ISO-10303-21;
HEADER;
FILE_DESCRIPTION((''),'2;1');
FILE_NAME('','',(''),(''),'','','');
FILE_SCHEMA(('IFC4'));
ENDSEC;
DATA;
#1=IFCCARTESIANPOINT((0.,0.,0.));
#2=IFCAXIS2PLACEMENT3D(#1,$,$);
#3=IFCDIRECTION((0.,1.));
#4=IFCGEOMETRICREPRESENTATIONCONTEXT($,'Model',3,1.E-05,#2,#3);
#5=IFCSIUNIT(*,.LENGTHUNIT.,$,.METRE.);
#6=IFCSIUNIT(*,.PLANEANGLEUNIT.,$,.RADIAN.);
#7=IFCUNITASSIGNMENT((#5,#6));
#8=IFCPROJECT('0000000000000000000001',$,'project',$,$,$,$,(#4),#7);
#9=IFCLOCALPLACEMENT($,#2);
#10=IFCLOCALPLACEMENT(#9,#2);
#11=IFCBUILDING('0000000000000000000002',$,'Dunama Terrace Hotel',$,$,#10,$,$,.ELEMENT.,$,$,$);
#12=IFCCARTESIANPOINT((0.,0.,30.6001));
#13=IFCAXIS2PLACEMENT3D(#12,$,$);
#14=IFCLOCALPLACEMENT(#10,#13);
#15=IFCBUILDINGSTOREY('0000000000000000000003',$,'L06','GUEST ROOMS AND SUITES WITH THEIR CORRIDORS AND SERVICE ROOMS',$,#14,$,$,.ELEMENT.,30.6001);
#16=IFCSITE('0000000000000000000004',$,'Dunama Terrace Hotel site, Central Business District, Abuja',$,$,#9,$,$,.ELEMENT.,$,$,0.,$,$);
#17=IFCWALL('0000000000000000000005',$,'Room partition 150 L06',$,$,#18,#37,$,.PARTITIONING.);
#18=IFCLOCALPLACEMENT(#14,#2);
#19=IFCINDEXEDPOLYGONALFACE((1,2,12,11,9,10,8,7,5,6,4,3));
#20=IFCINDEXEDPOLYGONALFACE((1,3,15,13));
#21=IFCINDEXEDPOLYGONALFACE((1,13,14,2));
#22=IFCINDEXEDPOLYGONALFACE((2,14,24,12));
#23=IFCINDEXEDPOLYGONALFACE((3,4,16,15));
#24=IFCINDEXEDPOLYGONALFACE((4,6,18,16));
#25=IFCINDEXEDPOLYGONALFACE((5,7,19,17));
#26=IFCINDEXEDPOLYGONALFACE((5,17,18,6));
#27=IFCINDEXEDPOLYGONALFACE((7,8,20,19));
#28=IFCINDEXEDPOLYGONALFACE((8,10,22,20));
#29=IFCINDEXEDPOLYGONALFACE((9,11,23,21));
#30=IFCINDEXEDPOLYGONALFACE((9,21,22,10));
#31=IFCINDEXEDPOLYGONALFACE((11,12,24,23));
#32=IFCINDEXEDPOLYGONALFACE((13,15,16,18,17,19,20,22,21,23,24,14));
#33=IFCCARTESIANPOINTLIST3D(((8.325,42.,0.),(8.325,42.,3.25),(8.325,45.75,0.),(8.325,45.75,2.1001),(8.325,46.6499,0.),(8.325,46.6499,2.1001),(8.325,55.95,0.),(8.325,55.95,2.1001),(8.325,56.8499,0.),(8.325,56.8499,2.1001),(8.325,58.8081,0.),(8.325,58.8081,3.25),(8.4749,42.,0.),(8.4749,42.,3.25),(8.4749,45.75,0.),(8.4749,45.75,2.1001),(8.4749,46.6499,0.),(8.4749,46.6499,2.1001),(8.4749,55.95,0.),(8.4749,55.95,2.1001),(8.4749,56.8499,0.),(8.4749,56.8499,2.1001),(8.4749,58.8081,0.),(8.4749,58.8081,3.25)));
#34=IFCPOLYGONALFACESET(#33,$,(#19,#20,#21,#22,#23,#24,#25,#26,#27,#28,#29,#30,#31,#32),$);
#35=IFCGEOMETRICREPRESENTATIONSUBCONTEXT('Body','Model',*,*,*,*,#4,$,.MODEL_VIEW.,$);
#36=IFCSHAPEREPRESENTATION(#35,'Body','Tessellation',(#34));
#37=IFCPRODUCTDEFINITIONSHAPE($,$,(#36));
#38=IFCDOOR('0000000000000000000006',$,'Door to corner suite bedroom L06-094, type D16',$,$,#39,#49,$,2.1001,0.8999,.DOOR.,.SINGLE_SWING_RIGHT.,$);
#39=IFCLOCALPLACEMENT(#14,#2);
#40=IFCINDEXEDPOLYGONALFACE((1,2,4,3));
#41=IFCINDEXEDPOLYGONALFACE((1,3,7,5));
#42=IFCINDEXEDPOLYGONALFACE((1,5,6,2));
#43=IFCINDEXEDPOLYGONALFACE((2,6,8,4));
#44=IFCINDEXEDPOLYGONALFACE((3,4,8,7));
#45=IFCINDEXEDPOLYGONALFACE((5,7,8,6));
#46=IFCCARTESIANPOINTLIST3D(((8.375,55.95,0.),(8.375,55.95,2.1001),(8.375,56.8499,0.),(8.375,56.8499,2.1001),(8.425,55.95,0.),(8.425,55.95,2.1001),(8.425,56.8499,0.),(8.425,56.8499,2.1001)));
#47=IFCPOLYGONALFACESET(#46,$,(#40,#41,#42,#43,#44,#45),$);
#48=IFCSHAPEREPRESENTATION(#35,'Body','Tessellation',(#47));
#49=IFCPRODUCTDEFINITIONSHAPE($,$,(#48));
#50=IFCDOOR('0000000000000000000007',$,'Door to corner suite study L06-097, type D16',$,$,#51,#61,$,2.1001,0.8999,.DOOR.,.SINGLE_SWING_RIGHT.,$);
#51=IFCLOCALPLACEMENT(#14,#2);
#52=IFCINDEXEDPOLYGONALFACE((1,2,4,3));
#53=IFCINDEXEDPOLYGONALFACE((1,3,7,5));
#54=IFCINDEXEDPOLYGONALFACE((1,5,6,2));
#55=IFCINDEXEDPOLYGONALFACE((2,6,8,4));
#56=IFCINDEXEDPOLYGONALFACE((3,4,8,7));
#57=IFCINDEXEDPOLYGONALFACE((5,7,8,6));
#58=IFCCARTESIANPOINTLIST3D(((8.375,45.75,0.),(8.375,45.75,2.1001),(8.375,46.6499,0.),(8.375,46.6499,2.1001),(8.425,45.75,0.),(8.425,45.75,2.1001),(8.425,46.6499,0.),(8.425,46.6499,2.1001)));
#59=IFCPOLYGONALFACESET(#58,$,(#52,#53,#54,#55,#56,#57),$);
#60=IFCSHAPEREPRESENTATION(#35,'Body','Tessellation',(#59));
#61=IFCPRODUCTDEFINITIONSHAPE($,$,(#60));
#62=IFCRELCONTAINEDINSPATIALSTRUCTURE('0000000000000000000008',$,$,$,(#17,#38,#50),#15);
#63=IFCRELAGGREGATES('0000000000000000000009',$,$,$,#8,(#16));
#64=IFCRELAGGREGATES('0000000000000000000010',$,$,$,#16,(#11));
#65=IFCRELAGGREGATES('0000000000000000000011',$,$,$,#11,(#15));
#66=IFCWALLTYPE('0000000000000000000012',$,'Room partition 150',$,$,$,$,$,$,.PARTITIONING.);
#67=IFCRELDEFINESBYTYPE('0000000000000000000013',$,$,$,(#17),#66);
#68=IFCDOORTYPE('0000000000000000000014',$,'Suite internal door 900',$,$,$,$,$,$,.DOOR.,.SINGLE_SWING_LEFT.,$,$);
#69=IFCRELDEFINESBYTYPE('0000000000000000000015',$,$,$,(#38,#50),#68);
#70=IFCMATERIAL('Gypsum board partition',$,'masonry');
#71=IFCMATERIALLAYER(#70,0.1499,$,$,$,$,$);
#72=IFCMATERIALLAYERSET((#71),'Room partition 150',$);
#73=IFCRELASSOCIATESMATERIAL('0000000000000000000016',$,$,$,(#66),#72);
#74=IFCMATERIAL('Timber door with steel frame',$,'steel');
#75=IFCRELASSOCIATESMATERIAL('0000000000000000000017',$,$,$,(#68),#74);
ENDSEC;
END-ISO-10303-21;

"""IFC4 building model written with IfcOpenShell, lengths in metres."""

from ifc_helpers import new_model, si_unit, direction, frame, frame_2d, origin, place, context, subcontext, project, spatial, rectangle, extrude, material, layer, layer_set, type_object, element, fill, save


model = new_model("IFC4")

# Units and contexts
model_context = context("Model", 3, precision=1e-05, world=origin(), true_north=direction((0.0, 1.0)))
body_context = subcontext(model_context, "Body", "Model", "MODEL_VIEW")
ifc_project = project(units=[si_unit("LENGTHUNIT", "METRE"), si_unit("PLANEANGLEUNIT", "RADIAN")], contexts=[model_context])

# Site, building, storey
site_placement = place(None, origin())
site = spatial("IfcSite", under=ifc_project, at=site_placement, Name="Dunama Terrace Hotel site, Central Business District, Abuja", CompositionType="ELEMENT", RefElevation=0.0)
building_placement = place(site_placement, origin())
building = spatial("IfcBuilding", under=site, at=building_placement, Name="Dunama Terrace Hotel", CompositionType="ELEMENT")
storey_placement = place(building_placement, frame((0.0, 0.0, 30.6001)))
storey = spatial("IfcBuildingStorey", under=building, at=storey_placement, Name="L06", Description="GUEST ROOMS AND SUITES WITH THEIR CORRIDORS AND SERVICE ROOMS", CompositionType="ELEMENT", Elevation=30.6001)

# Wall, openings, doors
ifc_material_1 = material(Name="Gypsum board partition", Category="masonry")
ifc_layer_1 = layer(ifc_material_1, 0.1499)
ifc_layer_set_1 = layer_set([ifc_layer_1], Name="Room partition 150")
wall_type_1 = type_object("IfcWallType", Name="Room partition 150", PredefinedType="PARTITIONING", material=ifc_layer_set_1)
wall_1_placement = place(storey_placement, frame((8.3999, 42.0, 0.0), z_axis=(0.0, 0.0, 1.0), x_axis=(0.0, 1.0, 0.0)))
wall_1 = element("IfcWall", 1, at=wall_1_placement, inside=storey, type_object=wall_type_1, Name="Room partition 150 L06", PredefinedType="PARTITIONING", context=body_context, shape_type="SweptSolid", body=[
    extrude(rectangle(XDim=16.8081, YDim=0.1499, at=frame_2d((8.4041, 0.0))), origin(), (0.0, 0.0, 1.0), 3.25),
])
opening_1_placement = place(wall_1_placement, frame((13.95, 0.0, 0.0)))
opening_1 = element("IfcOpeningElement", 2, at=opening_1_placement, cuts=wall_1, PredefinedType="OPENING", context=body_context, shape_type="SweptSolid", body=[
    extrude(rectangle(XDim=0.8999, YDim=2.1001, at=frame_2d((0.45, 1.05))), frame((0.0, 0.085, 0.0), z_axis=(0.0, -1.0, 0.0), x_axis=(1.0, 0.0, 0.0)), (0.0, 0.0, 1.0), 0.1699),
])
opening_2_placement = place(wall_1_placement, frame((3.75, 0.0, 0.0)))
opening_2 = element("IfcOpeningElement", 3, at=opening_2_placement, cuts=wall_1, PredefinedType="OPENING", context=body_context, shape_type="SweptSolid", body=[
    extrude(rectangle(XDim=0.8999, YDim=2.1001, at=frame_2d((0.45, 1.05))), frame((0.0, 0.085, 0.0), z_axis=(0.0, -1.0, 0.0), x_axis=(1.0, 0.0, 0.0)), (0.0, 0.0, 1.0), 0.1699),
])
ifc_material_2 = material(Name="Timber door with steel frame", Category="steel")
door_type_1 = type_object("IfcDoorType", Name="Suite internal door 900", OperationType="SINGLE_SWING_LEFT", PredefinedType="DOOR", material=ifc_material_2)
door_1_placement = place(opening_1_placement, origin())
door_1 = element("IfcDoor", 4, at=door_1_placement, inside=storey, type_object=door_type_1, Name="Door to corner suite bedroom L06-094, type D16", OperationType="SINGLE_SWING_RIGHT", OverallHeight=2.1001, OverallWidth=0.8999, PredefinedType="DOOR", context=body_context, shape_type="SweptSolid", body=[
    extrude(rectangle(XDim=0.8999, YDim=2.1001, at=frame_2d((0.45, 1.05))), frame((0.0, 0.0249, 0.0), z_axis=(0.0, -1.0, 0.0), x_axis=(1.0, 0.0, 0.0)), (0.0, 0.0, 1.0), 0.05),
])
fill(opening_1, door_1)
door_2_placement = place(opening_2_placement, origin())
door_2 = element("IfcDoor", 5, at=door_2_placement, inside=storey, type_object=door_type_1, Name="Door to corner suite study L06-097, type D16", OperationType="SINGLE_SWING_RIGHT", OverallHeight=2.1001, OverallWidth=0.8999, PredefinedType="DOOR", context=body_context, shape_type="SweptSolid", body=[
    extrude(rectangle(XDim=0.8999, YDim=2.1001, at=frame_2d((0.45, 1.05))), frame((0.0, 0.0249, 0.0), z_axis=(0.0, -1.0, 0.0), x_axis=(1.0, 0.0, 0.0)), (0.0, 0.0, 1.0), 0.05),
])
fill(opening_2, door_2)

save(model, "model.ifc")
